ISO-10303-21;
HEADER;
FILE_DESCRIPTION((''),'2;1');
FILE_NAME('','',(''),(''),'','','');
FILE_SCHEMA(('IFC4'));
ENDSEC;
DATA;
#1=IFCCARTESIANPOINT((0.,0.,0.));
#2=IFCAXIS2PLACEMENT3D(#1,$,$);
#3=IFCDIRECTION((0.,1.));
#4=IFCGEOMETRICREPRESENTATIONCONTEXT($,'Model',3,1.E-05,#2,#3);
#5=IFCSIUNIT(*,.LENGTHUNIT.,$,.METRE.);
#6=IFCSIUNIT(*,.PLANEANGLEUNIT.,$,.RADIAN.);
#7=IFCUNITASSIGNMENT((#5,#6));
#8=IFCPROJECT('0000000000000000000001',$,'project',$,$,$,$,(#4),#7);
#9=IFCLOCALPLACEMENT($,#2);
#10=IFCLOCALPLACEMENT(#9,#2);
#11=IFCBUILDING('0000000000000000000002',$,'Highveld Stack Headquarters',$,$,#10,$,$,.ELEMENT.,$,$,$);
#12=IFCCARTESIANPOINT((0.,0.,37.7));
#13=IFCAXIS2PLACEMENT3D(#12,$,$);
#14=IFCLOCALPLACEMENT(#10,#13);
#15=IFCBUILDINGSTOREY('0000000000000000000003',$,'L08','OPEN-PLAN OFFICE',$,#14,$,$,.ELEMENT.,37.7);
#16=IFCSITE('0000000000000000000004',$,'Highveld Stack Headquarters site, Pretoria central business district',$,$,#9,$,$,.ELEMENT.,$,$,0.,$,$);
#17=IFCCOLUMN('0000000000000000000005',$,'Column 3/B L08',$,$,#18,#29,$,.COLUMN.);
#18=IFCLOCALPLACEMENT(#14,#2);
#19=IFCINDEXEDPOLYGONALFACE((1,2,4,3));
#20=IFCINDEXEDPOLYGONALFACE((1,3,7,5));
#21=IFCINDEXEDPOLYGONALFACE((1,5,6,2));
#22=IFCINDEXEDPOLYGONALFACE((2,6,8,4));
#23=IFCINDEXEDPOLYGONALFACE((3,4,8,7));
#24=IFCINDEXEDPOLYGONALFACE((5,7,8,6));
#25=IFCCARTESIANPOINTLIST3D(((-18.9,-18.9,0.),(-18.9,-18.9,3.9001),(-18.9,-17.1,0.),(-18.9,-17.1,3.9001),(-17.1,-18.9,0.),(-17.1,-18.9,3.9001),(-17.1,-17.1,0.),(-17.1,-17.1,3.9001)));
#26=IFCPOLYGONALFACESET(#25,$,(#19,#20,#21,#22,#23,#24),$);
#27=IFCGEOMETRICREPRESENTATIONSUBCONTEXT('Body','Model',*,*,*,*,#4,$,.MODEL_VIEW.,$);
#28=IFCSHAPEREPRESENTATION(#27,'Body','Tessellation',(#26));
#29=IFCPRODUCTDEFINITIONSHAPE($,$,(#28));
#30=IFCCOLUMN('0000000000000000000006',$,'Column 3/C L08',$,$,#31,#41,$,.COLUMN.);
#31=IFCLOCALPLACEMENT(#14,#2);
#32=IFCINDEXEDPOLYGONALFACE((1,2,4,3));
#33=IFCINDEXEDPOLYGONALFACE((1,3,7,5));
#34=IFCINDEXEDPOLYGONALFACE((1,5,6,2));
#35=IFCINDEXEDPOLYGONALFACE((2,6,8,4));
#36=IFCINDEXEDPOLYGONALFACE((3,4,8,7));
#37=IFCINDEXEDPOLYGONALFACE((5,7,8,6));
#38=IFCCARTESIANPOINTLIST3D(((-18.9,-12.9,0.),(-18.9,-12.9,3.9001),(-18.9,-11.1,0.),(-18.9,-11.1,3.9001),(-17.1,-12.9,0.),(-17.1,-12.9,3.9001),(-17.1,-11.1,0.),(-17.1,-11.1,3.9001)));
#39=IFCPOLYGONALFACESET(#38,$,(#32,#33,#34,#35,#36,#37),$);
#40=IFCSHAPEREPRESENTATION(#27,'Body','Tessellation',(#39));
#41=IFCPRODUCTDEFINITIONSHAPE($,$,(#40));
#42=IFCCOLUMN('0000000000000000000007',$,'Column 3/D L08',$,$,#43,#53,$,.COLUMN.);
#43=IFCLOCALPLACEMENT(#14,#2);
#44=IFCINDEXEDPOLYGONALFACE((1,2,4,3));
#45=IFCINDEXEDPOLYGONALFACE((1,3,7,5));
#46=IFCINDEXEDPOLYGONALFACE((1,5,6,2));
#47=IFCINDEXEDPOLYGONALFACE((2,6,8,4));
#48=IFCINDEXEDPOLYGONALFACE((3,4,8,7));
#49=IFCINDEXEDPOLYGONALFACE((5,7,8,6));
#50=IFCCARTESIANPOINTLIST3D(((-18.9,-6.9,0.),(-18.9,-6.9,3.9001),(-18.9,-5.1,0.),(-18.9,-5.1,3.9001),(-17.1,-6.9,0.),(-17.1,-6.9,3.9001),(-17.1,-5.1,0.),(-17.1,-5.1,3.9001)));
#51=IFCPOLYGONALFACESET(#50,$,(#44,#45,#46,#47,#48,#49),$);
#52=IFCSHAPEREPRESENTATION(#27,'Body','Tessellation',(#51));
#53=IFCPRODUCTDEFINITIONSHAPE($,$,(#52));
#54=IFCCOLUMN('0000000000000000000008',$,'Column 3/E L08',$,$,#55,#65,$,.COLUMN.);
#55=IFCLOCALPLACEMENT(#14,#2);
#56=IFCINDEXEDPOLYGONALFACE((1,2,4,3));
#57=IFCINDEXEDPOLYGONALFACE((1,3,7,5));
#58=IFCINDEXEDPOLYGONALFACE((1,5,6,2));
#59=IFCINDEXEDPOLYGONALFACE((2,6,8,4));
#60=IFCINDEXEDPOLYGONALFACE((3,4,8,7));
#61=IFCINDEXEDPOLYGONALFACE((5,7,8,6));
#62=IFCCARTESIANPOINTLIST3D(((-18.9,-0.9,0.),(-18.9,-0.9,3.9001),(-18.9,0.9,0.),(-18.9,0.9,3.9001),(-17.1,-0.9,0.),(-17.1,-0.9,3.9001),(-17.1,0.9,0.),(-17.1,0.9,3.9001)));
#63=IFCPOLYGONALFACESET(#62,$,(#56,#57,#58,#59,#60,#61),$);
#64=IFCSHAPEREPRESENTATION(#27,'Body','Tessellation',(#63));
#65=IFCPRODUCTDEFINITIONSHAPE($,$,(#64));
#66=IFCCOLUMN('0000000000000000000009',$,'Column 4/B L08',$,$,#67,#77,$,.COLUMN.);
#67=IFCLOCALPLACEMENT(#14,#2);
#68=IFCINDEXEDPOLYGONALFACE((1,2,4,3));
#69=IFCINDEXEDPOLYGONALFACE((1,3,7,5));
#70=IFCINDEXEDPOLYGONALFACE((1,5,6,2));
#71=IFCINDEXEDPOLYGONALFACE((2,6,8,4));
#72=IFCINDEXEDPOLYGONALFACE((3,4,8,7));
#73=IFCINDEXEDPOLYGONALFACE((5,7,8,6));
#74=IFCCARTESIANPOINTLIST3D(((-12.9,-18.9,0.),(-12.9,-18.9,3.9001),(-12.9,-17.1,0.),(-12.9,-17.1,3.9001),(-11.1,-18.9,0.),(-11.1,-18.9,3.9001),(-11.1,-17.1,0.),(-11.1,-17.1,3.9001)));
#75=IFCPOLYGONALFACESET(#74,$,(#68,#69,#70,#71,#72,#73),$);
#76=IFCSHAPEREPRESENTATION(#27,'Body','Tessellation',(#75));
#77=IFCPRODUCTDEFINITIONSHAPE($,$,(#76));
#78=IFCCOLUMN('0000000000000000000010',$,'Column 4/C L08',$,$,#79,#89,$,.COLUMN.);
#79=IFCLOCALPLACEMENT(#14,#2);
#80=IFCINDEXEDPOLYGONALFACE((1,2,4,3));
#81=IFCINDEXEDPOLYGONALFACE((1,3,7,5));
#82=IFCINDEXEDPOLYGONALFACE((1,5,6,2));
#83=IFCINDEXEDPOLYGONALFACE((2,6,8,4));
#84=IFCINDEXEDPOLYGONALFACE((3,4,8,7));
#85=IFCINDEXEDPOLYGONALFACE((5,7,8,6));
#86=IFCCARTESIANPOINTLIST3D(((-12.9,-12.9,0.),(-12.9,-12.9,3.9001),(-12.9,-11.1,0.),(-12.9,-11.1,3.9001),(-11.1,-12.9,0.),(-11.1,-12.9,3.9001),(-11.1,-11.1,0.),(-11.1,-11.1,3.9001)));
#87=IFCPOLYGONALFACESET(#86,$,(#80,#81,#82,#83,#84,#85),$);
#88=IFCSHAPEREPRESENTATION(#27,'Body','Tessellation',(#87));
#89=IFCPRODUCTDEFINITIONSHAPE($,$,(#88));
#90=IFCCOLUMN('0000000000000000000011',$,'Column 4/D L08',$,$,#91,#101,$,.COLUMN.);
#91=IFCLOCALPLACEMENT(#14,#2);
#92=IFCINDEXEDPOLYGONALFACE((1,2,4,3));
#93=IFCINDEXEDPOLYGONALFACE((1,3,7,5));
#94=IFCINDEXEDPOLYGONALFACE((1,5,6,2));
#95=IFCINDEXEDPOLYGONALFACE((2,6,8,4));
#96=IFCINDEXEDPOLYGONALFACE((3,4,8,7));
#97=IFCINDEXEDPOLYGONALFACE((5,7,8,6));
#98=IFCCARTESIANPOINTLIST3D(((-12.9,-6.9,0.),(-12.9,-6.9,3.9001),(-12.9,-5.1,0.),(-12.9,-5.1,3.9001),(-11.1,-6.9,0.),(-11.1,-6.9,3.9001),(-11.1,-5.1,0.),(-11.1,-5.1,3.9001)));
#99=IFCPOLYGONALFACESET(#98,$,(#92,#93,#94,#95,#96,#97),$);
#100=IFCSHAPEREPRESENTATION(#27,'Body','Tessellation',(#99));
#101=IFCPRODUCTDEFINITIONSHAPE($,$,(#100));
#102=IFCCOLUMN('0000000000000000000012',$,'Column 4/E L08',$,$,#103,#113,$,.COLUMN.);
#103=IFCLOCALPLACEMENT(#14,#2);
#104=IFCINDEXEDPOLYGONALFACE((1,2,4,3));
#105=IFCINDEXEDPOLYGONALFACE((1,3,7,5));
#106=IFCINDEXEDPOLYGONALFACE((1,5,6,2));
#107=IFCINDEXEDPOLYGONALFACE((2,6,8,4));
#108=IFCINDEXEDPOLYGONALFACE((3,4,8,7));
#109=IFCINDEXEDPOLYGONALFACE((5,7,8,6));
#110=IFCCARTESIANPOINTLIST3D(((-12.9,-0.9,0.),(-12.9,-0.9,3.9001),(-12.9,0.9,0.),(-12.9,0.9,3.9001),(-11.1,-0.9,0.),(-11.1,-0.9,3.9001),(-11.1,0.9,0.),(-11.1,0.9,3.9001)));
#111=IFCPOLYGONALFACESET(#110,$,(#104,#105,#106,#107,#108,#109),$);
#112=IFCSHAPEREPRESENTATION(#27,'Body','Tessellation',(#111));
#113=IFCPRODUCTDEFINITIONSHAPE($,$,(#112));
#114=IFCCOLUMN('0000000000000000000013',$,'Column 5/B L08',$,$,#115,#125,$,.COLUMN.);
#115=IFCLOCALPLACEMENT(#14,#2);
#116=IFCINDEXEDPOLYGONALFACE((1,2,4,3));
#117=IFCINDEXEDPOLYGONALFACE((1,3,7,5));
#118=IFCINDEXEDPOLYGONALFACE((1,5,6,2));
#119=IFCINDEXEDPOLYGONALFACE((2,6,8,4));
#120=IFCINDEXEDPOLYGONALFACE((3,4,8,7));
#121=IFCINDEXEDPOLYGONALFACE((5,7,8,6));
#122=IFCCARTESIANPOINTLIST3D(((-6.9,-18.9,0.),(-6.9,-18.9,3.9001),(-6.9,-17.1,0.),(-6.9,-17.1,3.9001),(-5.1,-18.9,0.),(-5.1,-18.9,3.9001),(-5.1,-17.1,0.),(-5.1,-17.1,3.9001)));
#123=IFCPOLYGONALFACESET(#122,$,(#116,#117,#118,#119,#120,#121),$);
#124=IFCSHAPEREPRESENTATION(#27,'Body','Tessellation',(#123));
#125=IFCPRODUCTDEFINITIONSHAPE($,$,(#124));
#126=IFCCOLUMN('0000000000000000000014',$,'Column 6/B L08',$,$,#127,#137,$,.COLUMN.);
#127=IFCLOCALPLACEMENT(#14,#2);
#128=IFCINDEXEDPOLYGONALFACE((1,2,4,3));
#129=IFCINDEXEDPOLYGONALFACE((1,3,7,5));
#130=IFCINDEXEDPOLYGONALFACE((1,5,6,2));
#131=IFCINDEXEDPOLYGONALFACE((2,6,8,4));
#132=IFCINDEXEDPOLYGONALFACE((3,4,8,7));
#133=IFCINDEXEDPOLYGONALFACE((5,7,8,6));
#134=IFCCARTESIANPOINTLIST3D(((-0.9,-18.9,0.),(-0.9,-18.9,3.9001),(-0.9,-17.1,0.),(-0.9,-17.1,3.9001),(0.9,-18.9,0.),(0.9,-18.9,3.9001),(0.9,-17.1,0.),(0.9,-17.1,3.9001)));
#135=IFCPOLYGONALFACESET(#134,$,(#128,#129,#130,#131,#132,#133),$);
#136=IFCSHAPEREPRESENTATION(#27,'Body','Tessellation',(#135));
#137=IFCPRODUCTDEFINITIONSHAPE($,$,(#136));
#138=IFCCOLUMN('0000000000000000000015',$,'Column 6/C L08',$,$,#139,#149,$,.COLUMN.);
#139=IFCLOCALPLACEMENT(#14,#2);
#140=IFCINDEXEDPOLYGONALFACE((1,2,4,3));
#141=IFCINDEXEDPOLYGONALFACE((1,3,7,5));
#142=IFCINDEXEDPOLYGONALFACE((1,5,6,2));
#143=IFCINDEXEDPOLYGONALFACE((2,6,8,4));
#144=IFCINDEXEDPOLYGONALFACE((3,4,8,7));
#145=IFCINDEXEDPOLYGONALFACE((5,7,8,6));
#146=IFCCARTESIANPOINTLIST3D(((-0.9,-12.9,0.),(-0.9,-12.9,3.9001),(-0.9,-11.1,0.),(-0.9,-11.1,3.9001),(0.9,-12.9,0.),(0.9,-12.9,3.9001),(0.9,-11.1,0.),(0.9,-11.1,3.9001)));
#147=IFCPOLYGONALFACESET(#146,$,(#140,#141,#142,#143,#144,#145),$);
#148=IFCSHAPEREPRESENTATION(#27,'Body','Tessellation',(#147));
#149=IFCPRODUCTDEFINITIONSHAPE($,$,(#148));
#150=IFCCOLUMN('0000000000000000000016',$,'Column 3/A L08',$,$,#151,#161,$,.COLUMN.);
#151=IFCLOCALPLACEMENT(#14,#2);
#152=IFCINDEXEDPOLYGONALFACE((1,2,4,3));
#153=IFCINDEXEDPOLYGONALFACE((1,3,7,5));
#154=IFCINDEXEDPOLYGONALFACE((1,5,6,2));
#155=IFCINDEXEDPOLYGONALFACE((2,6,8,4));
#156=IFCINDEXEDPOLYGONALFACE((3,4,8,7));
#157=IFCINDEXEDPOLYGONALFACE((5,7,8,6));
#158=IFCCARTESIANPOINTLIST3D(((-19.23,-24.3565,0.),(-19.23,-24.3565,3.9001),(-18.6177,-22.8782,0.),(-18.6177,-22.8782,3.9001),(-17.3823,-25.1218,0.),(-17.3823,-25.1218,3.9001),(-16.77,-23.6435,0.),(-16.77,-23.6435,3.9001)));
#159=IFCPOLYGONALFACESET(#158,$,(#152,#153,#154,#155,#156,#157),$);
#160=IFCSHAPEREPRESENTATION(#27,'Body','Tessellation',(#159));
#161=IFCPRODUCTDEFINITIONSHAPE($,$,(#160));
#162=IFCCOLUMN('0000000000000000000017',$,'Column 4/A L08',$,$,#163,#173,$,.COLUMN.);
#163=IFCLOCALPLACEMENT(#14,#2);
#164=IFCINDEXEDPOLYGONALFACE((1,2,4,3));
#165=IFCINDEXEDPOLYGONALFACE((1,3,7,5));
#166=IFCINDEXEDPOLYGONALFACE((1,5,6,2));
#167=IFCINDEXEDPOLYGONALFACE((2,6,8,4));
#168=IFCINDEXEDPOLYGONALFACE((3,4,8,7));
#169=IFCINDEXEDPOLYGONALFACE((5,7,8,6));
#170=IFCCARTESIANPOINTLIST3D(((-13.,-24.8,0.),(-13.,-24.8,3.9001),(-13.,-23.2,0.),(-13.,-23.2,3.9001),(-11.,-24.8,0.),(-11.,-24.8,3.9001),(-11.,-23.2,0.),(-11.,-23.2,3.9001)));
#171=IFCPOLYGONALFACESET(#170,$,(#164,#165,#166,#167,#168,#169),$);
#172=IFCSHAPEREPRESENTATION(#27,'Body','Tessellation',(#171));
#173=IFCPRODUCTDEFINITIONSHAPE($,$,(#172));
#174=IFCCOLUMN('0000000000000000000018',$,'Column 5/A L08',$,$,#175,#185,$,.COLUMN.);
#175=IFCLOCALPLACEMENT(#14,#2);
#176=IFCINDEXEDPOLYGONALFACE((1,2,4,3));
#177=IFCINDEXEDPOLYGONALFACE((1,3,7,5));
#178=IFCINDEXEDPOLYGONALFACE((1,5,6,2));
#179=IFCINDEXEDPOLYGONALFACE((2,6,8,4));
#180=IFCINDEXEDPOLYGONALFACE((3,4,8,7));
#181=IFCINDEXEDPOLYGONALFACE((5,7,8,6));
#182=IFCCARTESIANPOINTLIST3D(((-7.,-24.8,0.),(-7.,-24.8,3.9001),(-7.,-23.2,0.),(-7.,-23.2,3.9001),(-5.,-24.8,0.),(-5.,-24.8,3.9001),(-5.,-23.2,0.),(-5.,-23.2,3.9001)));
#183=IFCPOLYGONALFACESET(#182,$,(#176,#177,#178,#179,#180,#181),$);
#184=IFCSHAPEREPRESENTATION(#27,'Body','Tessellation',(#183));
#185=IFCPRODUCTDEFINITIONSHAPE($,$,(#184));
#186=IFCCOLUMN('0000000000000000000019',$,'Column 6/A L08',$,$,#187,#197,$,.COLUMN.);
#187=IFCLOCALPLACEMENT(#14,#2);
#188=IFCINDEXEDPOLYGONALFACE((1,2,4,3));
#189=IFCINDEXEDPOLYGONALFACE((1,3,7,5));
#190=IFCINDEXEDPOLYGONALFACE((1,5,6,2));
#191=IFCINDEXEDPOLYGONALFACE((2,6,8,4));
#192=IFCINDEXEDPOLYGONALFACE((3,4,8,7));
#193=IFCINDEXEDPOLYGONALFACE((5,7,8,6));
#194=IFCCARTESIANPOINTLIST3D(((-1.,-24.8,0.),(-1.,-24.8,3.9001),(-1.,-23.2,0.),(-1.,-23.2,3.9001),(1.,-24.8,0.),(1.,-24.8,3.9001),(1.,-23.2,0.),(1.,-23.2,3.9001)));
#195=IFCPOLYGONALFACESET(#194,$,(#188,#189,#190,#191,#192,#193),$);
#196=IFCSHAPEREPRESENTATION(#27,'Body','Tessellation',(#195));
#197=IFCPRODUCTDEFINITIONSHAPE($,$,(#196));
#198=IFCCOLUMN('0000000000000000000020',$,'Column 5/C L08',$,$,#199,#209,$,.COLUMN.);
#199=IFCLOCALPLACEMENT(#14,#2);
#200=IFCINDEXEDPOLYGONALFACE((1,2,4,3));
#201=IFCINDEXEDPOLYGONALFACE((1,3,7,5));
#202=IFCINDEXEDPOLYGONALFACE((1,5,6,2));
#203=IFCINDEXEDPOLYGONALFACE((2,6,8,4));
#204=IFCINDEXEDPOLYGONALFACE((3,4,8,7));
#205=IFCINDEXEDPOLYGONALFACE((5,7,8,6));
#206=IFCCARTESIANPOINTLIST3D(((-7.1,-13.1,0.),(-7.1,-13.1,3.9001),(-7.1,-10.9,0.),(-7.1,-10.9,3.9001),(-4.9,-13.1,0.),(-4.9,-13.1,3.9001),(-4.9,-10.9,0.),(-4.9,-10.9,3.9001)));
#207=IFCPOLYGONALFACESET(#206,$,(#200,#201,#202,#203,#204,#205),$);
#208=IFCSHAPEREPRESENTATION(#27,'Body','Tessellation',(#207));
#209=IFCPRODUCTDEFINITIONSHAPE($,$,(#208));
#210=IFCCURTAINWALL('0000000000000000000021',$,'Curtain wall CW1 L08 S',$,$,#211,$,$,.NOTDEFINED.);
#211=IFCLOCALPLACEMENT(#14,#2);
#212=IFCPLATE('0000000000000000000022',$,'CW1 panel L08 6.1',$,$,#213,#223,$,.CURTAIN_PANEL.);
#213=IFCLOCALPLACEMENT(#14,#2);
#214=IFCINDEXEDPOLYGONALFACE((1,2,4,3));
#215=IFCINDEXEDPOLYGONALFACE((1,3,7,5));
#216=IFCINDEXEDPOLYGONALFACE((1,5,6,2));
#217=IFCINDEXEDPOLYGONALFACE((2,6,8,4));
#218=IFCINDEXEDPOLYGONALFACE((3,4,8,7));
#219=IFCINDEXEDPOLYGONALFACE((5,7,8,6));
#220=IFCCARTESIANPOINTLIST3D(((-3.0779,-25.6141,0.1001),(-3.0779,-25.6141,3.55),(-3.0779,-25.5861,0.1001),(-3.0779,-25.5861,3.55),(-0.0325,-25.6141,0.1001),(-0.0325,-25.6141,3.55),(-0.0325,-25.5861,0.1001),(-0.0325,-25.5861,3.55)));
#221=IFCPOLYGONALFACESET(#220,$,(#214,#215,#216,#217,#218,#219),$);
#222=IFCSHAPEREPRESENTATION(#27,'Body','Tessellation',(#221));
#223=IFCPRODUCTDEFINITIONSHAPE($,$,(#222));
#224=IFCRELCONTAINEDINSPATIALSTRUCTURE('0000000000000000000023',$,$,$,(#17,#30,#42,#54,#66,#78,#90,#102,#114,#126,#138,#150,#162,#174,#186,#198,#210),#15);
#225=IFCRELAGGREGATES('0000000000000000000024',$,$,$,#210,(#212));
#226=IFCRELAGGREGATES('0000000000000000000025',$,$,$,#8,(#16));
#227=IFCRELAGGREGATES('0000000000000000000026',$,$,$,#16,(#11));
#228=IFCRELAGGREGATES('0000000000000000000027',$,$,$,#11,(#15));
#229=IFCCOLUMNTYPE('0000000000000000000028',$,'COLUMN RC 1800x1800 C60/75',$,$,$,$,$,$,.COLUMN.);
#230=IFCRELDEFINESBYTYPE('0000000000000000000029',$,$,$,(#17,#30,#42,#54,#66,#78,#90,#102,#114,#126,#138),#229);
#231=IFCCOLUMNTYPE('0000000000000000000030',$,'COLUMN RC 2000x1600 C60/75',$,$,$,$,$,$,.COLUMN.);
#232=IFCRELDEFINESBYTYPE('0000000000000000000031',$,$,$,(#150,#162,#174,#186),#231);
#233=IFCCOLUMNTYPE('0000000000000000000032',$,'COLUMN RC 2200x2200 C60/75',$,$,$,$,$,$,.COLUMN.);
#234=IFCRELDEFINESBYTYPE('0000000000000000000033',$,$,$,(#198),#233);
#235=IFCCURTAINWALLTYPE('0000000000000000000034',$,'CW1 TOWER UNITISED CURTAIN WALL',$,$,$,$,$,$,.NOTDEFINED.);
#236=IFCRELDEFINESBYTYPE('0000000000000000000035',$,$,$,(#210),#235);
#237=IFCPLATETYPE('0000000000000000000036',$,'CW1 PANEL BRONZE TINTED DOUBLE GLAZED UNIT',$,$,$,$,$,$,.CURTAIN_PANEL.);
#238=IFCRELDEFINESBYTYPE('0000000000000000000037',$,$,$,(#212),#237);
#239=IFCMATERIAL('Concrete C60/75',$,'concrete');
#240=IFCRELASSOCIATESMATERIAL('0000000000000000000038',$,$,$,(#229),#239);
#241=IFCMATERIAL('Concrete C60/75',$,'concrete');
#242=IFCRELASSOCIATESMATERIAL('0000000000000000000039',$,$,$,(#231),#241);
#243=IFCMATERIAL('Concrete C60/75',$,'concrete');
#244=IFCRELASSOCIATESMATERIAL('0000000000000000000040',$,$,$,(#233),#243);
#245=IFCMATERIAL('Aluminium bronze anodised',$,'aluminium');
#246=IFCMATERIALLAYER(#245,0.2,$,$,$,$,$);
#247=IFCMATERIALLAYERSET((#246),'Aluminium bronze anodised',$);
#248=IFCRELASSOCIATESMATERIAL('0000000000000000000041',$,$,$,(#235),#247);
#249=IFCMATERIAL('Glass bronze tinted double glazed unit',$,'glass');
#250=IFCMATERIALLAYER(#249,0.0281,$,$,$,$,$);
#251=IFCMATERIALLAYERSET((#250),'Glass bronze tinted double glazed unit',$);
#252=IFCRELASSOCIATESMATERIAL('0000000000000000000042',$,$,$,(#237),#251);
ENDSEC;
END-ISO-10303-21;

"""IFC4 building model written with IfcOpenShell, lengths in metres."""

from ifc_helpers import new_model, si_unit, direction, frame, origin, origin_2d, place, context, subcontext, project, spatial, rectangle, extrude, material, layer, layer_set, material_profile, profile_set, type_object, element, aggregate, save


model = new_model("IFC4")

# Units and contexts
model_context = context("Model", 3, precision=1e-05, world=origin(), true_north=direction((0.0, 1.0)))
body_context = subcontext(model_context, "Body", "Model", "MODEL_VIEW")
ifc_project = project(units=[si_unit("LENGTHUNIT", "METRE"), si_unit("PLANEANGLEUNIT", "RADIAN")], contexts=[model_context])

# Site, building, storey
site_placement = place(None, origin())
site = spatial("IfcSite", under=ifc_project, at=site_placement, Name="Highveld Stack Headquarters site, Pretoria central business district", CompositionType="ELEMENT", RefElevation=0.0)
building_placement = place(site_placement, origin())
building = spatial("IfcBuilding", under=site, at=building_placement, Name="Highveld Stack Headquarters", CompositionType="ELEMENT")
storey_placement = place(building_placement, frame((0.0, 0.0, 37.7)))
storey = spatial("IfcBuildingStorey", under=building, at=storey_placement, Name="L08", Description="OPEN-PLAN OFFICE", CompositionType="ELEMENT", Elevation=37.7)

# Columns
ifc_material_1 = material(Name="Concrete C60/75", Category="concrete")
ifc_material_profile_1 = material_profile(ifc_material_1, rectangle(XDim=1.8, YDim=1.8, at=origin_2d()), Name="RC 1800x1800")
ifc_profile_set_1 = profile_set([ifc_material_profile_1], Name="Concrete C60/75")
column_type_1 = type_object("IfcColumnType", Name="COLUMN RC 1800x1800 C60/75", PredefinedType="COLUMN", material=ifc_profile_set_1)
for number, where, z_axis, x_axis, name in (
    (1, (-18.0, -18.0, 0.0), (0.0, 0.0, 1.0), (1.0, 0.0, 0.0), "Column 3/B L08"),
    (2, (-18.0, -12.0, 0.0), (0.0, 0.0, 1.0), (1.0, 0.0, 0.0), "Column 3/C L08"),
    (3, (-18.0, -6.0, 0.0), (0.0, 0.0, 1.0), (1.0, 0.0, 0.0), "Column 3/D L08"),
    (4, (-18.0, 0.0, 0.0), (0.0, 0.0, 1.0), (1.0, 0.0, 0.0), "Column 3/E L08"),
    (5, (-12.0, -18.0, 0.0), (0.0, 0.0, 1.0), (1.0, 0.0, 0.0), "Column 4/B L08"),
    (6, (-12.0, -12.0, 0.0), (0.0, 0.0, 1.0), (1.0, 0.0, 0.0), "Column 4/C L08"),
    (7, (-12.0, -6.0, 0.0), (0.0, 0.0, 1.0), (1.0, 0.0, 0.0), "Column 4/D L08"),
    (8, (-12.0, 0.0, 0.0), (0.0, 0.0, 1.0), (1.0, 0.0, 0.0), "Column 4/E L08"),
    (9, (-6.0, -18.0, 0.0), (0.0, 0.0, 1.0), (1.0, 0.0, 0.0), "Column 5/B L08"),
    (10, (0.0, -18.0, 0.0), (0.0, 0.0, 1.0), (1.0, 0.0, 0.0), "Column 6/B L08"),
    (11, (0.0, -12.0, 0.0), (0.0, 0.0, 1.0), (1.0, 0.0, 0.0), "Column 6/C L08"),
):
    element("IfcColumn", number, at=place(storey_placement, frame(where, z_axis=z_axis, x_axis=x_axis)), inside=storey, type_object=column_type_1, Name=name, PredefinedType="COLUMN", context=body_context, shape_type="SweptSolid", body=[
        extrude(rectangle(XDim=1.8, YDim=1.8, at=origin_2d()), origin(), (0.0, 0.0, 1.0), 3.9001),
    ])
ifc_material_2 = material(Name="Concrete C60/75", Category="concrete")
ifc_material_profile_2 = material_profile(ifc_material_2, rectangle(XDim=2.0, YDim=1.6001, at=origin_2d()), Name="RC 2000x1600")
ifc_profile_set_2 = profile_set([ifc_material_profile_2], Name="Concrete C60/75")
column_type_2 = type_object("IfcColumnType", Name="COLUMN RC 2000x1600 C60/75", PredefinedType="COLUMN", material=ifc_profile_set_2)
for number, where, z_axis, x_axis, name in (
    (12, (-18.0, -24.0, 0.0), (0.0, 0.0, 1.0), (-0.92388, 0.382683, 0.0), "Column 3/A L08"),
    (13, (-12.0, -24.0, 0.0), (0.0, 0.0, 1.0), (1.0, 0.0, 0.0), "Column 4/A L08"),
    (14, (-6.0, -24.0, 0.0), (0.0, 0.0, 1.0), (1.0, 0.0, 0.0), "Column 5/A L08"),
    (15, (0.0, -24.0, 0.0), (0.0, 0.0, 1.0), (1.0, 0.0, 0.0), "Column 6/A L08"),
):
    element("IfcColumn", number, at=place(storey_placement, frame(where, z_axis=z_axis, x_axis=x_axis)), inside=storey, type_object=column_type_2, Name=name, PredefinedType="COLUMN", context=body_context, shape_type="SweptSolid", body=[
        extrude(rectangle(XDim=2.0, YDim=1.6001, at=origin_2d()), origin(), (0.0, 0.0, 1.0), 3.9001),
    ])
ifc_material_3 = material(Name="Concrete C60/75", Category="concrete")
ifc_material_profile_3 = material_profile(ifc_material_3, rectangle(XDim=2.2, YDim=2.2, at=origin_2d()), Name="RC 2200x2200")
ifc_profile_set_3 = profile_set([ifc_material_profile_3], Name="Concrete C60/75")
column_type_3 = type_object("IfcColumnType", Name="COLUMN RC 2200x2200 C60/75", PredefinedType="COLUMN", material=ifc_profile_set_3)
column_placement = place(storey_placement, frame((-6.0, -12.0, 0.0), z_axis=(0.0, 0.0, 1.0), x_axis=(1.0, 0.0, 0.0)))
element("IfcColumn", 16, at=column_placement, inside=storey, type_object=column_type_3, Name="Column 5/C L08", PredefinedType="COLUMN", context=body_context, shape_type="SweptSolid", body=[
    extrude(rectangle(XDim=2.2, YDim=2.2, at=origin_2d()), origin(), (0.0, 0.0, 1.0), 3.9001),
])

# Curtain wall, plate
ifc_material_4 = material(Name="Aluminium bronze anodised", Category="aluminium")
ifc_layer_1 = layer(ifc_material_4, 0.2)
ifc_layer_set_1 = layer_set([ifc_layer_1], Name="Aluminium bronze anodised")
curtain_wall_type = type_object("IfcCurtainWallType", Name="CW1 TOWER UNITISED CURTAIN WALL", PredefinedType="NOTDEFINED", material=ifc_layer_set_1)
curtain_wall_placement = place(storey_placement, origin())
curtain_wall = element("IfcCurtainWall", 17, at=curtain_wall_placement, inside=storey, type_object=curtain_wall_type, Name="Curtain wall CW1 L08 S", PredefinedType="NOTDEFINED")
ifc_material_5 = material(Name="Glass bronze tinted double glazed unit", Category="glass")
ifc_layer_2 = layer(ifc_material_5, 0.0281)
ifc_layer_set_2 = layer_set([ifc_layer_2], Name="Glass bronze tinted double glazed unit")
plate_type = type_object("IfcPlateType", Name="CW1 PANEL BRONZE TINTED DOUBLE GLAZED UNIT", PredefinedType="CURTAIN_PANEL", material=ifc_layer_set_2)
plate_placement = place(storey_placement, frame((-1.5552, -25.6001, 0.1001), z_axis=(0.0, 0.0, 1.0), x_axis=(1.0, 0.0, 0.0)))
plate = element("IfcPlate", 18, at=plate_placement, type_object=plate_type, Name="CW1 panel L08 6.1", PredefinedType="CURTAIN_PANEL", context=body_context, shape_type="SweptSolid", body=[
    extrude(rectangle(XDim=3.0454, YDim=0.0281, at=origin_2d()), origin(), (0.0, 0.0, 1.0), 3.45),
])
aggregate(curtain_wall, [plate])

save(model, "model.ifc")
